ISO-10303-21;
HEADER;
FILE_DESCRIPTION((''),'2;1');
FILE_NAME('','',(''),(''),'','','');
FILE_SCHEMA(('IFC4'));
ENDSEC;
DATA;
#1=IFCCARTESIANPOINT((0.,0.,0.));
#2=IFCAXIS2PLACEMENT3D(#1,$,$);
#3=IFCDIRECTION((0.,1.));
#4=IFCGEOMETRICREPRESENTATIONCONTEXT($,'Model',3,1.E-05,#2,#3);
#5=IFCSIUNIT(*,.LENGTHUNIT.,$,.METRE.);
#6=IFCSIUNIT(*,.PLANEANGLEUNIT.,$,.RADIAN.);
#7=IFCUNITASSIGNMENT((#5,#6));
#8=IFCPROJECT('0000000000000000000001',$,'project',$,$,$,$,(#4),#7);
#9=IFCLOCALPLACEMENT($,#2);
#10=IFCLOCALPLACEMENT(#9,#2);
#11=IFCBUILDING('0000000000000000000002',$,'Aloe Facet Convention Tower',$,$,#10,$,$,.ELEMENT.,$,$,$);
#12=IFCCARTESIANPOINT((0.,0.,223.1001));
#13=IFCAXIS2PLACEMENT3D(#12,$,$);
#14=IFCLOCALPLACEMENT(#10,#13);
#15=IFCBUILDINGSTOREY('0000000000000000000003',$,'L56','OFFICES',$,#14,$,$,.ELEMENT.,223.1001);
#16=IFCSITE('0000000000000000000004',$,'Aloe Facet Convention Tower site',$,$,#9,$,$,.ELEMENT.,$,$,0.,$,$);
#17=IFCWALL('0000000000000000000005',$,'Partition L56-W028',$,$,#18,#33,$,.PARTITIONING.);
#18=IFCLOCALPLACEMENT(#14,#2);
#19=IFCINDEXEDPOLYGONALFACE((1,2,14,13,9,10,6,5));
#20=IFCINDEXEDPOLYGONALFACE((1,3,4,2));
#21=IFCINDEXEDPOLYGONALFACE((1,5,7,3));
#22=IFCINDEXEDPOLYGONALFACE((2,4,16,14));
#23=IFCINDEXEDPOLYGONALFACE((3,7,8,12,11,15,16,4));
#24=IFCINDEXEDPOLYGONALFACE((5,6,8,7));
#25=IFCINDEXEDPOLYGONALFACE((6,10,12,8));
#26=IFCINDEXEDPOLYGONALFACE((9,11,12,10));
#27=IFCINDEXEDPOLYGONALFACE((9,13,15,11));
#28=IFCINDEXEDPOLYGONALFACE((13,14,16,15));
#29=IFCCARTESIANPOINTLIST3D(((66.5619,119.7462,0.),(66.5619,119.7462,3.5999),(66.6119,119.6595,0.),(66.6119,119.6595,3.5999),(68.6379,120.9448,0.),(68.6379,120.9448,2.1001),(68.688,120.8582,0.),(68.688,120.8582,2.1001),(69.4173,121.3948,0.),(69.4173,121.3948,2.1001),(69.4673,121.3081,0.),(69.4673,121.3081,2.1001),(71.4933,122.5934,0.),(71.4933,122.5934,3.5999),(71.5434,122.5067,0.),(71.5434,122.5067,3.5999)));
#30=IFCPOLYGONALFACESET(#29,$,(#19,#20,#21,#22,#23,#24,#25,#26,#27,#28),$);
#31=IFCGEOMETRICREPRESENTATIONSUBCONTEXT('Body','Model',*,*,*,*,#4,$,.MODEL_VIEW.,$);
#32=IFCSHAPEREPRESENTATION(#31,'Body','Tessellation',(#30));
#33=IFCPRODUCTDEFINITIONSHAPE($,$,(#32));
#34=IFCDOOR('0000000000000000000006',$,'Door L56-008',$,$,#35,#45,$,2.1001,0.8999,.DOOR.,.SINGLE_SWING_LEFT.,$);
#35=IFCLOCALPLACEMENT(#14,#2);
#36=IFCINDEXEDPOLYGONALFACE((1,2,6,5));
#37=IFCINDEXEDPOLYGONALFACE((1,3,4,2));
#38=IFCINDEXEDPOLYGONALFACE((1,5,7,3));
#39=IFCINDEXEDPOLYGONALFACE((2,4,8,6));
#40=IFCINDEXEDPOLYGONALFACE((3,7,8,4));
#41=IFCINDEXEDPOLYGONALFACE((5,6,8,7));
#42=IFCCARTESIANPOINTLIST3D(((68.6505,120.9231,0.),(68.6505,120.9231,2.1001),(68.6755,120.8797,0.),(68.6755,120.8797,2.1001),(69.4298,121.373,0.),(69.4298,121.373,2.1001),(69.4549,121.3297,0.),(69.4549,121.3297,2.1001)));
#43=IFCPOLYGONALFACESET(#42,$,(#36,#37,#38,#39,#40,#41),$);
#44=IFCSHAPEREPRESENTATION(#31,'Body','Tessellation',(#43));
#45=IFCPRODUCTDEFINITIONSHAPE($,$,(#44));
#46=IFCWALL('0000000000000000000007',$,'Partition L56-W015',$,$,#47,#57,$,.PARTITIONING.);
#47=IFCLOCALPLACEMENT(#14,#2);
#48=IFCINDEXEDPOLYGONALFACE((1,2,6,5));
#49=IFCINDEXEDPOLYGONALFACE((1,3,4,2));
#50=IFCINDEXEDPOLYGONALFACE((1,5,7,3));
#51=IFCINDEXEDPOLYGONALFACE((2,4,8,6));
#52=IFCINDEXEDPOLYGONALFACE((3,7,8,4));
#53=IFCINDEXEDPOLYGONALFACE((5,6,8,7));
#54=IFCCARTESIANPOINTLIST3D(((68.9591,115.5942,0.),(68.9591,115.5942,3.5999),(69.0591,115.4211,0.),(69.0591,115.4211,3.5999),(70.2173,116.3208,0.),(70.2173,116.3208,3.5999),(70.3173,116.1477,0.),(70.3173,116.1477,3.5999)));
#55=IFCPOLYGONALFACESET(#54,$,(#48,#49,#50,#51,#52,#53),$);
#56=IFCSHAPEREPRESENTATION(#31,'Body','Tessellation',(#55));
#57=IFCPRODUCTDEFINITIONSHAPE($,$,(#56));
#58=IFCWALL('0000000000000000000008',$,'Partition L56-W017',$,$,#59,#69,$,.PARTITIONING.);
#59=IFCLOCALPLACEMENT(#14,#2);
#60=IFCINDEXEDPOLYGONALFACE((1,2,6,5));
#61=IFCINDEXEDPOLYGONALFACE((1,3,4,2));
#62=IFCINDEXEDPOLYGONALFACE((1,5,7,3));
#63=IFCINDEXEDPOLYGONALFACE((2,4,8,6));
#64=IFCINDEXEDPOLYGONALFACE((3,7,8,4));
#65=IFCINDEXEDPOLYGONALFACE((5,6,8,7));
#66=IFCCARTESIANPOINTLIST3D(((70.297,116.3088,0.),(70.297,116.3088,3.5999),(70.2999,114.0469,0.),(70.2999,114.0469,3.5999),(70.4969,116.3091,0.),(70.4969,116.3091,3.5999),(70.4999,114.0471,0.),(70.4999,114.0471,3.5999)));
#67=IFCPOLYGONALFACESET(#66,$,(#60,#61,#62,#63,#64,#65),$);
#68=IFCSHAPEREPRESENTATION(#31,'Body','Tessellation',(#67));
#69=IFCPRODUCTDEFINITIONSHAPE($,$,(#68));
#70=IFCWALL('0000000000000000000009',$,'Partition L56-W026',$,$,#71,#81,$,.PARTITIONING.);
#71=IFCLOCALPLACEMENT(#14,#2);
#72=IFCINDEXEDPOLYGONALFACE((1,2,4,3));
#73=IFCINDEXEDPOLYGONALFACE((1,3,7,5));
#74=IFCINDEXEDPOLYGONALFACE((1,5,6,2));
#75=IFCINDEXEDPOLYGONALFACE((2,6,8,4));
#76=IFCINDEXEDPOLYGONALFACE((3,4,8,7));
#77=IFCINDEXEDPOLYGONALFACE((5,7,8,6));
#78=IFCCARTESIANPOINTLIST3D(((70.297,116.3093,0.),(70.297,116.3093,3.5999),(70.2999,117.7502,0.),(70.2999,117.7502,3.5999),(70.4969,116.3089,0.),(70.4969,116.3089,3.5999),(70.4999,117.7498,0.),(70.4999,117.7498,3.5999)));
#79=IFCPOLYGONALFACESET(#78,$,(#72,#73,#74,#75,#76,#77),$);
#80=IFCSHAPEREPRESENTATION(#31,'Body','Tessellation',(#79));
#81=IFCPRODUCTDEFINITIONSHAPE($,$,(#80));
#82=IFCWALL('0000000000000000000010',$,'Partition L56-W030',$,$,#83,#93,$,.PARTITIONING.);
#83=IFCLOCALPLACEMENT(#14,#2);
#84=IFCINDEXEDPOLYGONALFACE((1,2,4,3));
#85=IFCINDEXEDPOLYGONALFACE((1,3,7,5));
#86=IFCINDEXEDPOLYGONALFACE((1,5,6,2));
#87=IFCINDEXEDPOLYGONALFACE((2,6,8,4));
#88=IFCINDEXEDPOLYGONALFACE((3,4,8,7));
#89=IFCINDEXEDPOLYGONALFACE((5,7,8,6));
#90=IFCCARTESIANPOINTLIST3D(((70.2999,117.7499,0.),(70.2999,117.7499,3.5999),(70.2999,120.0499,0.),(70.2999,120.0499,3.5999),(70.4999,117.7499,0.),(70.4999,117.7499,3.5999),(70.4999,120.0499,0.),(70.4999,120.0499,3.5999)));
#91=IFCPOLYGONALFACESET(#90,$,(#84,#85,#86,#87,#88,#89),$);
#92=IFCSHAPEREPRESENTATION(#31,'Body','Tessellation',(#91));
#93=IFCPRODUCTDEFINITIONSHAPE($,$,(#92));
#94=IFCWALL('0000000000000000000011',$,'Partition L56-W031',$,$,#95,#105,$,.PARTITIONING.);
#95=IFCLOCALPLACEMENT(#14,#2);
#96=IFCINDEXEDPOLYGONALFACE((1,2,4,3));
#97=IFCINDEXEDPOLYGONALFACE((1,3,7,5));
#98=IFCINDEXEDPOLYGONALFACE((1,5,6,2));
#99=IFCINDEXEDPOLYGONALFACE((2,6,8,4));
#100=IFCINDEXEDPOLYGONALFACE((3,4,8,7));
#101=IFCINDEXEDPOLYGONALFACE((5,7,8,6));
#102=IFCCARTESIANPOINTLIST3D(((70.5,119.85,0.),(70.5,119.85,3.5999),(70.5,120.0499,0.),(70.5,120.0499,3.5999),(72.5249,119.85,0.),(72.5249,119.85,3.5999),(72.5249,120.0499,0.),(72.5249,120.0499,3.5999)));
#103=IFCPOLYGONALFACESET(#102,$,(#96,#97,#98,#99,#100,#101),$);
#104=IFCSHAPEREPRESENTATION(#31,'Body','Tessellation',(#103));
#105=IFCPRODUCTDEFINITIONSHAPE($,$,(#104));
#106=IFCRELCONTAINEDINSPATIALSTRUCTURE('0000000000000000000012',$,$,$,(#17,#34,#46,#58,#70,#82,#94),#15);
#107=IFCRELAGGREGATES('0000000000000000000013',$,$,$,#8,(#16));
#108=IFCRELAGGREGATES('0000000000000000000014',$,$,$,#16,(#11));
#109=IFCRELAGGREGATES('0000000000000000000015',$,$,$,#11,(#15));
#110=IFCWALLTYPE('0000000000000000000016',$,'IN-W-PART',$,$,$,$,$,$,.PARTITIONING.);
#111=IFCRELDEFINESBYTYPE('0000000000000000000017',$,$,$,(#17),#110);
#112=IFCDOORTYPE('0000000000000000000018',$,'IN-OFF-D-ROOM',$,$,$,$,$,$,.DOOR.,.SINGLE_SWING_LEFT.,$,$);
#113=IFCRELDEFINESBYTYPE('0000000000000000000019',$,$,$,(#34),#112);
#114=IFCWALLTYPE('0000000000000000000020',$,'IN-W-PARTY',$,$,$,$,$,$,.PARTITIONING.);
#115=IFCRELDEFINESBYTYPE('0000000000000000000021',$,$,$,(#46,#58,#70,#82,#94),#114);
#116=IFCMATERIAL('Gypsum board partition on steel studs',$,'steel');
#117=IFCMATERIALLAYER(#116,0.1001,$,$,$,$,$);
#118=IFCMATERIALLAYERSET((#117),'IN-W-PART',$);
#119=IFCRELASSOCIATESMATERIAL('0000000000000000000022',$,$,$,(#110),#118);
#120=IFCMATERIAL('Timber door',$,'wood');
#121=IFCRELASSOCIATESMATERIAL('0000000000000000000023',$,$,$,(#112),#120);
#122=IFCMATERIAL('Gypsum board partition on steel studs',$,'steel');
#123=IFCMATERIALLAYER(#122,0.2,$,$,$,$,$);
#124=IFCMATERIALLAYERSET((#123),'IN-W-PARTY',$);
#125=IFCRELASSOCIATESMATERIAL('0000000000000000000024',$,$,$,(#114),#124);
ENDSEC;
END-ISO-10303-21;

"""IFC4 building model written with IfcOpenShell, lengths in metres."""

from ifc_helpers import new_model, si_unit, direction, frame, frame_2d, origin, place, context, subcontext, project, spatial, rectangle, extrude, material, layer, layer_set, type_object, element, fill, save


model = new_model("IFC4")

# Units and contexts
model_context = context("Model", 3, precision=1e-05, world=origin(), true_north=direction((0.0, 1.0)))
body_context = subcontext(model_context, "Body", "Model", "MODEL_VIEW")
ifc_project = project(units=[si_unit("LENGTHUNIT", "METRE"), si_unit("PLANEANGLEUNIT", "RADIAN")], contexts=[model_context])

# Site, building, storey
site_placement = place(None, origin())
site = spatial("IfcSite", under=ifc_project, at=site_placement, Name="Aloe Facet Convention Tower site", CompositionType="ELEMENT", RefElevation=0.0)
building_placement = place(site_placement, origin())
building = spatial("IfcBuilding", under=site, at=building_placement, Name="Aloe Facet Convention Tower", CompositionType="ELEMENT")
storey_placement = place(building_placement, frame((0.0, 0.0, 223.1001)))
storey = spatial("IfcBuildingStorey", under=building, at=storey_placement, Name="L56", Description="OFFICES", CompositionType="ELEMENT", Elevation=223.1001)

# Shared definitions
ifc_material_1 = material(Name="Gypsum board partition on steel studs", Category="steel")
ifc_layer_1 = layer(ifc_material_1, 0.1001)
ifc_layer_set_1 = layer_set([ifc_layer_1], Name="IN-W-PART")
wall_type_1 = type_object("IfcWallType", Name="IN-W-PART", PredefinedType="PARTITIONING", material=ifc_layer_set_1)

# Wall, opening, door
wall_1_placement = place(storey_placement, frame((66.5869, 119.7029, 0.0), z_axis=(0.0, 0.0, 1.0), x_axis=(0.866024, 0.500003, 0.0)))
wall_1 = element("IfcWall", 1, at=wall_1_placement, inside=storey, type_object=wall_type_1, Name="Partition L56-W028", PredefinedType="PARTITIONING", context=body_context, shape_type="SweptSolid", body=[
    extrude(rectangle(XDim=5.6943, YDim=0.1001, at=frame_2d((2.8472, 0.0))), origin(), (0.0, 0.0, 1.0), 3.5999),
])
opening_1_placement = place(wall_1_placement, frame((2.3972, 0.0, 0.0)))
opening_1 = element("IfcOpeningElement", 2, at=opening_1_placement, cuts=wall_1, PredefinedType="OPENING", context=body_context, shape_type="SweptSolid", body=[
    extrude(rectangle(XDim=0.8999, YDim=2.1001, at=frame_2d((0.45, 1.05))), frame((0.0, 0.0601, 0.0), z_axis=(0.0, -1.0, 0.0), x_axis=(1.0, 0.0, 0.0)), (0.0, 0.0, 1.0), 0.1201),
])
ifc_material_2 = material(Name="Timber door", Category="wood")
door_type_1 = type_object("IfcDoorType", Name="IN-OFF-D-ROOM", OperationType="SINGLE_SWING_LEFT", PredefinedType="DOOR", material=ifc_material_2)
door_1_placement = place(opening_1_placement, origin())
door_1 = element("IfcDoor", 3, at=door_1_placement, inside=storey, type_object=door_type_1, Name="Door L56-008", OperationType="SINGLE_SWING_LEFT", OverallHeight=2.1001, OverallWidth=0.8999, PredefinedType="DOOR", context=body_context, shape_type="SweptSolid", body=[
    extrude(rectangle(XDim=0.8999, YDim=2.1001, at=frame_2d((0.45, 1.05))), frame((0.0, 0.0249, 0.0), z_axis=(0.0, -1.0, 0.0), x_axis=(1.0, 0.0, 0.0)), (0.0, 0.0, 1.0), 0.05),
])
fill(opening_1, door_1)

# Walls
ifc_material_3 = material(Name="Gypsum board partition on steel studs", Category="steel")
ifc_layer_2 = layer(ifc_material_3, 0.2)
ifc_layer_set_2 = layer_set([ifc_layer_2], Name="IN-W-PARTY")
wall_type_2 = type_object("IfcWallType", Name="IN-W-PARTY", PredefinedType="PARTITIONING", material=ifc_layer_set_2)
wall_2_placement = place(storey_placement, frame((69.009, 115.5076, 0.0), z_axis=(0.0, 0.0, 1.0), x_axis=(0.865959, 0.500115, 0.0)))
element("IfcWall", 4, at=wall_2_placement, inside=storey, type_object=wall_type_2, Name="Partition L56-W015", PredefinedType="PARTITIONING", context=body_context, shape_type="SweptSolid", body=[
    extrude(rectangle(XDim=1.4529, YDim=0.2, at=frame_2d((0.7266, 0.0))), origin(), (0.0, 0.0, 1.0), 3.5999),
])
wall_3_placement = place(storey_placement, frame((70.3999, 114.0471, 0.0), z_axis=(0.0, 0.0, 1.0), x_axis=(-0.001295, 0.999999, 0.0)))
element("IfcWall", 5, at=wall_3_placement, inside=storey, type_object=wall_type_2, Name="Partition L56-W017", PredefinedType="PARTITIONING", context=body_context, shape_type="SweptSolid", body=[
    extrude(rectangle(XDim=2.262, YDim=0.2, at=frame_2d((1.1309, 0.0))), origin(), (0.0, 0.0, 1.0), 3.5999),
])
wall_4_placement = place(storey_placement, frame((70.397, 116.3091, 0.0), z_axis=(0.0, 0.0, 1.0), x_axis=(0.002033, 0.999998, 0.0)))
element("IfcWall", 6, at=wall_4_placement, inside=storey, type_object=wall_type_2, Name="Partition L56-W026", PredefinedType="PARTITIONING", context=body_context, shape_type="SweptSolid", body=[
    extrude(rectangle(XDim=1.4409, YDim=0.2, at=frame_2d((0.7205, 0.0))), origin(), (0.0, 0.0, 1.0), 3.5999),
])
wall_5_placement = place(storey_placement, frame((70.3999, 117.75, 0.0), z_axis=(0.0, 0.0, 1.0), x_axis=(0.0, 1.0, 0.0)))
element("IfcWall", 7, at=wall_5_placement, inside=storey, type_object=wall_type_2, Name="Partition L56-W030", PredefinedType="PARTITIONING", context=body_context, shape_type="SweptSolid", body=[
    extrude(rectangle(XDim=2.3, YDim=0.2, at=frame_2d((1.1499, 0.0))), origin(), (0.0, 0.0, 1.0), 3.5999),
])
wall_6_placement = place(storey_placement, frame((70.5, 119.95, 0.0), z_axis=(0.0, 0.0, 1.0), x_axis=(1.0, 0.0, 0.0)))
element("IfcWall", 8, at=wall_6_placement, inside=storey, type_object=wall_type_2, Name="Partition L56-W031", PredefinedType="PARTITIONING", context=body_context, shape_type="SweptSolid", body=[
    extrude(rectangle(XDim=2.0249, YDim=0.2, at=frame_2d((1.0125, 0.0))), origin(), (0.0, 0.0, 1.0), 3.5999),
])

save(model, "model.ifc")
